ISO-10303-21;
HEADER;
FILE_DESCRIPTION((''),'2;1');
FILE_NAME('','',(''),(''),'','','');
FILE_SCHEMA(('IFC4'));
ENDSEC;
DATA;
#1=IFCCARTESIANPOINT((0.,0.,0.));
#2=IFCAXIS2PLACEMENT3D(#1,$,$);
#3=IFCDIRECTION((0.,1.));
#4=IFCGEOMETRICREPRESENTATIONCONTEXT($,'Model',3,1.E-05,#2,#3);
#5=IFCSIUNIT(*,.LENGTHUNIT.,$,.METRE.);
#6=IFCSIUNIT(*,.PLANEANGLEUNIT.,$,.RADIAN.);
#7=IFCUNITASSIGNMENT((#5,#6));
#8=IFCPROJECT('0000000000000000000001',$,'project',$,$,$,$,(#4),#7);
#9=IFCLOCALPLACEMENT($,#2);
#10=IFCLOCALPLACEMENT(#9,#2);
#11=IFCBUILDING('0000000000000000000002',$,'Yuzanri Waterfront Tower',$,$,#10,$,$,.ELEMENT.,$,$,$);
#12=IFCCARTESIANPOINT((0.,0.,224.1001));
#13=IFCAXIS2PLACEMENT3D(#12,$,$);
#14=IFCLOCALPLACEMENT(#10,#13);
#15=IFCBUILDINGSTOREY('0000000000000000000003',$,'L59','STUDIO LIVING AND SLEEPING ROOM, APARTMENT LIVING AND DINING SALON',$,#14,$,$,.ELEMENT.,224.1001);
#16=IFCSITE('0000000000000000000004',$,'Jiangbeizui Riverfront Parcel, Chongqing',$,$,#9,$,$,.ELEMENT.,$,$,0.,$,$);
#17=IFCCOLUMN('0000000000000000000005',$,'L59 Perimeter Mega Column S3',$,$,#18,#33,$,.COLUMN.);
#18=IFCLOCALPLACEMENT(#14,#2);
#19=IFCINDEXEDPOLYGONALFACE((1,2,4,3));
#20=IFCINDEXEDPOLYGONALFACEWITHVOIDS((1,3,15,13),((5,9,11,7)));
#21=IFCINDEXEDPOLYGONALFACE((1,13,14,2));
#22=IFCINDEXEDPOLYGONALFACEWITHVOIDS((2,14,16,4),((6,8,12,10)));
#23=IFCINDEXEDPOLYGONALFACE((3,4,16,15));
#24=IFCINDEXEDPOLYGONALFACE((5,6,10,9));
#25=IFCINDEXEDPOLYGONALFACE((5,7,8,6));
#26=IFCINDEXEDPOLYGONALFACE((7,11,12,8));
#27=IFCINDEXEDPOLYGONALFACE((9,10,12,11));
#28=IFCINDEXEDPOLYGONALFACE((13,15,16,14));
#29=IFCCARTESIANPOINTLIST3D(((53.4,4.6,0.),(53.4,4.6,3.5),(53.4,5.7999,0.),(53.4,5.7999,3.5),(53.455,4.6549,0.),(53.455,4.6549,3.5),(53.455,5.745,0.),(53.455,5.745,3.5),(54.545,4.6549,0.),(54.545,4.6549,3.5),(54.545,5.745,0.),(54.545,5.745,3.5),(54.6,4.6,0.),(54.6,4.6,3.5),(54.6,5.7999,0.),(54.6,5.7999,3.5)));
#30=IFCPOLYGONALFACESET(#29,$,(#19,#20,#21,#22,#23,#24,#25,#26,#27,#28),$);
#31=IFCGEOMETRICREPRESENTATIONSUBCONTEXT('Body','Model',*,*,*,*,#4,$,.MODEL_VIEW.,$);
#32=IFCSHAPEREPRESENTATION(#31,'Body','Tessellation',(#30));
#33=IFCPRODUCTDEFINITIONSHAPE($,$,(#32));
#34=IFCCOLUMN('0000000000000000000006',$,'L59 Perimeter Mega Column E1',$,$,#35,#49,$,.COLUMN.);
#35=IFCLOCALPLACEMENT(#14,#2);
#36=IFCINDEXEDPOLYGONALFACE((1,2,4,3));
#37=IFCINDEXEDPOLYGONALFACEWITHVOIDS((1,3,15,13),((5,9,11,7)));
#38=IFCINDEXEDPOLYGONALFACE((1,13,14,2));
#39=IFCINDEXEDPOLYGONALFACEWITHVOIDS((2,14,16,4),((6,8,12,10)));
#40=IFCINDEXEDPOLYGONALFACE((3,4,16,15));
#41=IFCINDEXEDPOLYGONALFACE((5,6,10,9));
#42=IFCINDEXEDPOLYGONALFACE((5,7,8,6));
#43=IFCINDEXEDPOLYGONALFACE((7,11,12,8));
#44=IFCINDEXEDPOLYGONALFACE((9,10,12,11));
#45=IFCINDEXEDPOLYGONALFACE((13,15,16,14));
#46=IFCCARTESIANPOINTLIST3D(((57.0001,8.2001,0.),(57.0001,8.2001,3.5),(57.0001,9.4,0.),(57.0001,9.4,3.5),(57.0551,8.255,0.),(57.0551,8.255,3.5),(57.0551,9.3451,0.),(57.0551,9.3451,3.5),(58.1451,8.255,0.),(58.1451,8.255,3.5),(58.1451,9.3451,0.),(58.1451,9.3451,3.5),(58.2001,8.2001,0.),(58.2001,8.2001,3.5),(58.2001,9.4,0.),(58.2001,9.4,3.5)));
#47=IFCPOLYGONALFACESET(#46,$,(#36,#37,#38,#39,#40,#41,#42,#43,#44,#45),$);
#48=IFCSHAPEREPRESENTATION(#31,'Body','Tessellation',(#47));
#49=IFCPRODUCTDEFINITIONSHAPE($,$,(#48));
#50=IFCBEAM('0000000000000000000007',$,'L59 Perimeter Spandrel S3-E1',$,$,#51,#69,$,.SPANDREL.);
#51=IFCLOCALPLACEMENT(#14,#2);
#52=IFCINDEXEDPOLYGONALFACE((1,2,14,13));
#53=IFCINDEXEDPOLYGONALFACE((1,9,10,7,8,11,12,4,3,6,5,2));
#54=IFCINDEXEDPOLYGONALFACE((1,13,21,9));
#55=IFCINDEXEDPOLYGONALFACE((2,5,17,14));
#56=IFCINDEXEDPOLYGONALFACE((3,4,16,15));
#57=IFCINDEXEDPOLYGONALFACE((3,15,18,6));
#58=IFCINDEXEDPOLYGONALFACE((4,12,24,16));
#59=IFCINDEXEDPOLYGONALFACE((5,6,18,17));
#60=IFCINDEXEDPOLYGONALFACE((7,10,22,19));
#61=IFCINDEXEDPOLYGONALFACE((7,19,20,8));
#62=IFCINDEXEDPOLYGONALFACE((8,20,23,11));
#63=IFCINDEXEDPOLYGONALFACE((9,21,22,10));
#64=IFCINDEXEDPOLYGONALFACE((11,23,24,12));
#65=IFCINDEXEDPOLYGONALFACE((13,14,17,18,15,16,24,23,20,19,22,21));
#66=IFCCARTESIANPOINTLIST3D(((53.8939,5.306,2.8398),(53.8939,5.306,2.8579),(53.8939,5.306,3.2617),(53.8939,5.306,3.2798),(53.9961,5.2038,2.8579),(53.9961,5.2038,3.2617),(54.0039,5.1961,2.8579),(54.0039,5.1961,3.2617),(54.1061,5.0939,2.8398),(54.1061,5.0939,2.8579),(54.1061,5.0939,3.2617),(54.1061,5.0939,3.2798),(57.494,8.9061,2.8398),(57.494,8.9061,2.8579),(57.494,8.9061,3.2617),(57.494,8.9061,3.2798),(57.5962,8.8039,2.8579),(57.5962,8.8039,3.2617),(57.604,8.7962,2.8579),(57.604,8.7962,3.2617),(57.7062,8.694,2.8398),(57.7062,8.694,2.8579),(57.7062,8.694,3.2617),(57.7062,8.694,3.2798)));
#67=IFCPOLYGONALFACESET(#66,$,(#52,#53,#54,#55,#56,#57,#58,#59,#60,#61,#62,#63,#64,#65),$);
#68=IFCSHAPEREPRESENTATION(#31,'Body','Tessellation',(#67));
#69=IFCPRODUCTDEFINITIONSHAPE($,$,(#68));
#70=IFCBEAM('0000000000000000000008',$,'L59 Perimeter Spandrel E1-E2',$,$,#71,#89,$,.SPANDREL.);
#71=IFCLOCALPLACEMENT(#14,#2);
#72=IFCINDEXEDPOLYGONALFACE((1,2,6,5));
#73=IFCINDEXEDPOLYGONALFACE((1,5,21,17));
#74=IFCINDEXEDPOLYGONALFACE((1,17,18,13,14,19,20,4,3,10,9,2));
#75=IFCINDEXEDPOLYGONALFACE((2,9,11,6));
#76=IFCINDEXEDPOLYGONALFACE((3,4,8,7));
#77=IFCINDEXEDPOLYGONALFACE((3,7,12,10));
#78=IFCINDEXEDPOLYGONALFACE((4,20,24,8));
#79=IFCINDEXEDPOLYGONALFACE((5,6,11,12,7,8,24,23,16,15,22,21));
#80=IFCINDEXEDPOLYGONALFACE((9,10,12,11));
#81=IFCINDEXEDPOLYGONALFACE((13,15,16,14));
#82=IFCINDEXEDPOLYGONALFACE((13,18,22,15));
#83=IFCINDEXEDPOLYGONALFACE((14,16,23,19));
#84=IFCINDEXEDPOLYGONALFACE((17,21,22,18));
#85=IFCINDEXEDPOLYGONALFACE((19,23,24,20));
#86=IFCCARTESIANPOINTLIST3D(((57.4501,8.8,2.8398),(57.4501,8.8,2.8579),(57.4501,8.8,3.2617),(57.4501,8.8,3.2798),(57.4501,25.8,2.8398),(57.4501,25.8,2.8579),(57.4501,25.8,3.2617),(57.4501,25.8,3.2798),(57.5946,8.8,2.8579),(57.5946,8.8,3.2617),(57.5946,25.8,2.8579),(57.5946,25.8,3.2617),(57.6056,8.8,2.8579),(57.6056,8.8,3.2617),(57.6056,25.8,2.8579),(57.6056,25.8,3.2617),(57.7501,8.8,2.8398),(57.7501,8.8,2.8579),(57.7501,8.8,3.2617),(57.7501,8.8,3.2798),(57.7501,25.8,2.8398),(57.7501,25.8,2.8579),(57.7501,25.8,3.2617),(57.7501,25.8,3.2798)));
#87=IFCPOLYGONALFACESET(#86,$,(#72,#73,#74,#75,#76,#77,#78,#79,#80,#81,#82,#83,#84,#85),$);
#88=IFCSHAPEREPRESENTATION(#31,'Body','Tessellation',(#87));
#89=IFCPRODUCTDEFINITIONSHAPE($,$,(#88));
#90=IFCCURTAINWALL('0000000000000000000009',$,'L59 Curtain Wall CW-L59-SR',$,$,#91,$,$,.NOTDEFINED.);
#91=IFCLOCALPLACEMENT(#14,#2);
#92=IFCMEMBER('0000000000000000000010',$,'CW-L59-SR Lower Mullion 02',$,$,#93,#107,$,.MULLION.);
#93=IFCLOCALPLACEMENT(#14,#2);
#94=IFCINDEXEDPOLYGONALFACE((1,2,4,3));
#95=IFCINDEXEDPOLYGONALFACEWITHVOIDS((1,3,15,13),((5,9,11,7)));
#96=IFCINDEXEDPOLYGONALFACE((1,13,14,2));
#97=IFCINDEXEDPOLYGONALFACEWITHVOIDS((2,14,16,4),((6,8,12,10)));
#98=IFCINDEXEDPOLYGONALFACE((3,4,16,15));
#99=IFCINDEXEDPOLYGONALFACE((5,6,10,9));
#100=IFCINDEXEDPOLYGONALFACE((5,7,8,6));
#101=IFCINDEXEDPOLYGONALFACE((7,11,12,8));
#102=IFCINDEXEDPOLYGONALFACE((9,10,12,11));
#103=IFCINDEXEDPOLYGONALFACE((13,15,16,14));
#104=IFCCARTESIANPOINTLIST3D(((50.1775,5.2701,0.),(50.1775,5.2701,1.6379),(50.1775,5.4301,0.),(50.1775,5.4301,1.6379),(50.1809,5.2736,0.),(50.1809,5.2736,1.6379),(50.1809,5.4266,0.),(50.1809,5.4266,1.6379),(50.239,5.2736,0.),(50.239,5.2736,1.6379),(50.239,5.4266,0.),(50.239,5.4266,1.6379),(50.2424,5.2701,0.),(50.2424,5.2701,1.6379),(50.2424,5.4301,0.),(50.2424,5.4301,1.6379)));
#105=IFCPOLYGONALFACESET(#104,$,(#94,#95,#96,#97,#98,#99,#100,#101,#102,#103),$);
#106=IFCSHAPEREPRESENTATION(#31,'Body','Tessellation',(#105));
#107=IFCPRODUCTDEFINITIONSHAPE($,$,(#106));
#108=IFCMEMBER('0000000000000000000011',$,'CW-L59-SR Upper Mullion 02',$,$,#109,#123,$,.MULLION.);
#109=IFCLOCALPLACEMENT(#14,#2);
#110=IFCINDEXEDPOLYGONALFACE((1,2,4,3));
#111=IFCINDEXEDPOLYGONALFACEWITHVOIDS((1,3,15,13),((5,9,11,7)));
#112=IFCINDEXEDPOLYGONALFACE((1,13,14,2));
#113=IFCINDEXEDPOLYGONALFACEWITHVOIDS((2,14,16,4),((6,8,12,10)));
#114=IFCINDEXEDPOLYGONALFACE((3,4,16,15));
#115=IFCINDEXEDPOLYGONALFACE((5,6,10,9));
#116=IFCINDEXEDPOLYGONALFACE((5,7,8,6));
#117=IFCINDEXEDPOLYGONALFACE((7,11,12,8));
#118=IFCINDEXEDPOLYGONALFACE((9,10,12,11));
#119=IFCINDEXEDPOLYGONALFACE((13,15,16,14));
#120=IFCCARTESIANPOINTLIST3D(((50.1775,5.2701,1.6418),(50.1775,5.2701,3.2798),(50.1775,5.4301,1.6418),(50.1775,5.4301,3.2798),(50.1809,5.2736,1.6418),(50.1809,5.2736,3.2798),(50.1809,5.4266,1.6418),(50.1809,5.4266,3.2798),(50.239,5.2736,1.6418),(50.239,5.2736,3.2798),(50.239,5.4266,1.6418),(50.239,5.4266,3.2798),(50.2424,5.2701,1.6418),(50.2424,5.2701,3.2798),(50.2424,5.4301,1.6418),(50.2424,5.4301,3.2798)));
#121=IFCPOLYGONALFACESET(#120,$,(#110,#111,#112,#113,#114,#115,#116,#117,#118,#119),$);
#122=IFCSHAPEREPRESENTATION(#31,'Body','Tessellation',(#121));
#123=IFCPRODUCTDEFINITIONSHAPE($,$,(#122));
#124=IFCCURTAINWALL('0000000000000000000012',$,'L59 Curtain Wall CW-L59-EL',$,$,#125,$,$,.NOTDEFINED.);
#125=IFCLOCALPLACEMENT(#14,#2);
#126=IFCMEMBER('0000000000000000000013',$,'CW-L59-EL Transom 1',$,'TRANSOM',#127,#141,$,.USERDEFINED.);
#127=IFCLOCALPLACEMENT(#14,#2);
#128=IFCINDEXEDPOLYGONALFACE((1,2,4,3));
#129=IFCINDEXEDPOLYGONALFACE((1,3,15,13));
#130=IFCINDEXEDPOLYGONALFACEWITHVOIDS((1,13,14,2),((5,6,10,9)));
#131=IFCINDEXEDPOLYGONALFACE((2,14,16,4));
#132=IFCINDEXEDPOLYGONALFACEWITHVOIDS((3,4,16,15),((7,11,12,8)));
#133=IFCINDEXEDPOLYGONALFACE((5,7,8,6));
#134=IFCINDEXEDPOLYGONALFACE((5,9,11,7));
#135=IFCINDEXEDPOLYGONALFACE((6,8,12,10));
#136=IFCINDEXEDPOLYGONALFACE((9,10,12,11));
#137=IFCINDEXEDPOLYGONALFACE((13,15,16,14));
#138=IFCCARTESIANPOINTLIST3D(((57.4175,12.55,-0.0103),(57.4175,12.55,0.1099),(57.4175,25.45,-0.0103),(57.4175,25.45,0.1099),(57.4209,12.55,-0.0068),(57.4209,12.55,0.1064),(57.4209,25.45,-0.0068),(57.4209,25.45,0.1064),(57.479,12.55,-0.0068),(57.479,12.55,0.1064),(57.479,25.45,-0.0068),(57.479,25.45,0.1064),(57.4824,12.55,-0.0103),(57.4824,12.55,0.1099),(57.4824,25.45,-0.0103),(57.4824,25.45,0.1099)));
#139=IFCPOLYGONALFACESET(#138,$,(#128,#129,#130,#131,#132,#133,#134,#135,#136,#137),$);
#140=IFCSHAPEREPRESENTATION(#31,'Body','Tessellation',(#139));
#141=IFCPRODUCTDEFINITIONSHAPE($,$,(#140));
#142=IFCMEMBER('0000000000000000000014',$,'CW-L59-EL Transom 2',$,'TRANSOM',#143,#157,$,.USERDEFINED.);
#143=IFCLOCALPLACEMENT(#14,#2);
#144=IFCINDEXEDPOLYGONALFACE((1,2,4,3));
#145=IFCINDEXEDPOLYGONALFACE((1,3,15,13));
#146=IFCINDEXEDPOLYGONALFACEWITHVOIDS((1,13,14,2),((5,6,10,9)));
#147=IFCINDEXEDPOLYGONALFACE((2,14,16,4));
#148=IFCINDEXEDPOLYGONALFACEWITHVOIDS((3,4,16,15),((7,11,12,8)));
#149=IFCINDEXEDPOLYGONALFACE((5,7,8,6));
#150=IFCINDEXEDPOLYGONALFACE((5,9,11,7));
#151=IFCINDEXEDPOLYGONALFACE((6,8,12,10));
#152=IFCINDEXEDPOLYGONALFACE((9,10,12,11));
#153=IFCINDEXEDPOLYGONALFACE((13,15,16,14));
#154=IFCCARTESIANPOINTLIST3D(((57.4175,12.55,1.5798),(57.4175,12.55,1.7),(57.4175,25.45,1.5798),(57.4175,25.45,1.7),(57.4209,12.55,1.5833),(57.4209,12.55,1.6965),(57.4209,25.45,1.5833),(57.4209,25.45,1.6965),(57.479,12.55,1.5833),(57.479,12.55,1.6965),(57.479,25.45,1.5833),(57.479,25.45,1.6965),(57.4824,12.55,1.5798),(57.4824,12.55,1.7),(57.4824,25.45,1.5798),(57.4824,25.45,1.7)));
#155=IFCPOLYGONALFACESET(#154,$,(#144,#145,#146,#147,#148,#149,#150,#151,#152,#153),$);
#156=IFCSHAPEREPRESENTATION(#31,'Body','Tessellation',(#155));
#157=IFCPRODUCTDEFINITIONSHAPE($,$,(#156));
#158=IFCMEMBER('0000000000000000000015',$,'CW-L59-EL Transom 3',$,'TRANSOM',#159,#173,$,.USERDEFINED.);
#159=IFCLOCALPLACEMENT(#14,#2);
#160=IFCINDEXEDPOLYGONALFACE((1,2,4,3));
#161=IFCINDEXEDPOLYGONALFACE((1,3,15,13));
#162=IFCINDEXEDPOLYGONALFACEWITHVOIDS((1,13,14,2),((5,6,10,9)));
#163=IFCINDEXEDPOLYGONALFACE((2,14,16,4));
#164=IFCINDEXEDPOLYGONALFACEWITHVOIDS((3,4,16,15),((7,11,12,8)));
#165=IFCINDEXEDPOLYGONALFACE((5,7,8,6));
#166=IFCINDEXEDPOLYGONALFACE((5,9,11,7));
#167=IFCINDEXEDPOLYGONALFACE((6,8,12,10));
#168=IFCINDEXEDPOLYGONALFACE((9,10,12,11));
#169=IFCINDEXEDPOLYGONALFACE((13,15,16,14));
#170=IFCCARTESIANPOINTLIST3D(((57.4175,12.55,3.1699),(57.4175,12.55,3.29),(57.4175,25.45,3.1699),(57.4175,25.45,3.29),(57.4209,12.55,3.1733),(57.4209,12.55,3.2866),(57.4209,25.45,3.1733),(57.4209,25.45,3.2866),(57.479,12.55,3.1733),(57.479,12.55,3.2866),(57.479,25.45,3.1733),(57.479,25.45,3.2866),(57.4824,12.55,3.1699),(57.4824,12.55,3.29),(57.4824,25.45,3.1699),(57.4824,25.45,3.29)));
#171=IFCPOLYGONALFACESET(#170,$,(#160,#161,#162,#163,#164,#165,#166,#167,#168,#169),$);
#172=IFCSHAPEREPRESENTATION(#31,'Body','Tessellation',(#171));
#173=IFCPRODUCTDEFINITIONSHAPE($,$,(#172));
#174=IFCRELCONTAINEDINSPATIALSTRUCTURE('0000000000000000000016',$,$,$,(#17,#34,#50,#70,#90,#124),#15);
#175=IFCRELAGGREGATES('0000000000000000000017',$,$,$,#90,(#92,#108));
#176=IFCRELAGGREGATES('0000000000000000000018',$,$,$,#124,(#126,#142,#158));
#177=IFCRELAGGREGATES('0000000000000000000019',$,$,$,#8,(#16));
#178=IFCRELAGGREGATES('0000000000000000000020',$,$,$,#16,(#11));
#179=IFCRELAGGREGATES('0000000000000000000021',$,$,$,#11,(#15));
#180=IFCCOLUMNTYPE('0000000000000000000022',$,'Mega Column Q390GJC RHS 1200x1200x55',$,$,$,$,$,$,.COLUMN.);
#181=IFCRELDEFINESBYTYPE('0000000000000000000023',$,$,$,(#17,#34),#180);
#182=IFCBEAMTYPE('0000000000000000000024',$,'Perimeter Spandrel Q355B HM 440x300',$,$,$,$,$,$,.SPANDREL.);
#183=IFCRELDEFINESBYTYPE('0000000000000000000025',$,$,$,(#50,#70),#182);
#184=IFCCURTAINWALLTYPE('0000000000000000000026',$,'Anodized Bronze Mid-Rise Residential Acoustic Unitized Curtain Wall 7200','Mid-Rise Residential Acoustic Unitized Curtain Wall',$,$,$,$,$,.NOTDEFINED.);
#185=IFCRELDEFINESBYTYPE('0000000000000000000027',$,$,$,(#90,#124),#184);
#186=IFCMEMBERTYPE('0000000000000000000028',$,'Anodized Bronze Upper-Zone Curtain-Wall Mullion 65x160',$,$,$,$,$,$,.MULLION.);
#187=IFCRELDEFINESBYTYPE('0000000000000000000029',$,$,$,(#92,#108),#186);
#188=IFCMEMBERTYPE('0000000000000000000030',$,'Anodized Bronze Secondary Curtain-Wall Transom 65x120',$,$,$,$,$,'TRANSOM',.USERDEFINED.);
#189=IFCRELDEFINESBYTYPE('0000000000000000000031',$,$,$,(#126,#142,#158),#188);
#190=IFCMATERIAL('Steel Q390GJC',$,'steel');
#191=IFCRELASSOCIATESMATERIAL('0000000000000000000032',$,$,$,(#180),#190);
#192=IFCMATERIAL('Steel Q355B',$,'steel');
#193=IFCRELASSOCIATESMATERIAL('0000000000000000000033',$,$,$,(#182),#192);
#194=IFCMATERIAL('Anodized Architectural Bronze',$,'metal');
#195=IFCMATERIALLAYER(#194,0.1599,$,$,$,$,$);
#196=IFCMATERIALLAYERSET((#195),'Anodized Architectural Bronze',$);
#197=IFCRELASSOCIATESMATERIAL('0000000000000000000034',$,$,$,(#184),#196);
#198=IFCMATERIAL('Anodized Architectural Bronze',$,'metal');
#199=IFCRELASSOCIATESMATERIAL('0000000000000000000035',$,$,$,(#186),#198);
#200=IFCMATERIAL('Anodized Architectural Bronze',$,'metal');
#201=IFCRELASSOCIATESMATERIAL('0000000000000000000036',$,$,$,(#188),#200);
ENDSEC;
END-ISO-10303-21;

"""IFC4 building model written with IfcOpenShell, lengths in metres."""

from ifc_helpers import new_model, si_unit, direction, frame, origin, origin_2d, place, context, subcontext, project, spatial, hollow_rectangle, i_section, extrude, source, transform, mapped, material, layer, layer_set, material_profile, profile_set, type_object, element, aggregate, save


model = new_model("IFC4")

# Units and contexts
model_context = context("Model", 3, precision=1e-05, world=origin(), true_north=direction((0.0, 1.0)))
body_context = subcontext(model_context, "Body", "Model", "MODEL_VIEW")
ifc_project = project(units=[si_unit("LENGTHUNIT", "METRE"), si_unit("PLANEANGLEUNIT", "RADIAN")], contexts=[model_context])

# Site, building, storey
site_placement = place(None, origin())
site = spatial("IfcSite", under=ifc_project, at=site_placement, Name="Jiangbeizui Riverfront Parcel, Chongqing", CompositionType="ELEMENT", RefElevation=0.0)
building_placement = place(site_placement, origin())
building = spatial("IfcBuilding", under=site, at=building_placement, Name="Yuzanri Waterfront Tower", CompositionType="ELEMENT")
storey_placement = place(building_placement, frame((0.0, 0.0, 224.1001)))
storey = spatial("IfcBuildingStorey", under=building, at=storey_placement, Name="L59", Description="STUDIO LIVING AND SLEEPING ROOM, APARTMENT LIVING AND DINING SALON", CompositionType="ELEMENT", Elevation=224.1001)

# Columns
ifc_material_1 = material(Name="Steel Q390GJC", Category="steel")
ifc_material_profile_1 = material_profile(ifc_material_1, hollow_rectangle(XDim=1.2, YDim=1.2, WallThickness=0.0549, at=origin_2d()), Name="RHS 1200x1200x55")
ifc_profile_set_1 = profile_set([ifc_material_profile_1], Name="Steel Q390GJC")
column_type = type_object("IfcColumnType", Name="Mega Column Q390GJC RHS 1200x1200x55", PredefinedType="COLUMN", material=ifc_profile_set_1)
shared_shape_1 = source(origin(), body_context, "Body", "SweptSolid", [
    extrude(hollow_rectangle(XDim=1.2, YDim=1.2, WallThickness=0.0549, at=origin_2d()), origin(), (0.0, 0.0, 1.0), 3.5),
])
for number, where, z_axis, x_axis, name in (
    (1, (54.0, 5.2, 0.0), (0.0, 0.0, 1.0), (1.0, 0.0, 0.0), "L59 Perimeter Mega Column S3"),
    (2, (57.6001, 8.8, 0.0), (0.0, 0.0, 1.0), (1.0, 0.0, 0.0), "L59 Perimeter Mega Column E1"),
):
    element("IfcColumn", number, at=place(storey_placement, frame(where, z_axis=z_axis, x_axis=x_axis)), inside=storey, type_object=column_type, Name=name, PredefinedType="COLUMN", context=body_context, shape_type="MappedRepresentation", body=[
        mapped(shared_shape_1, transform((0.0, 0.0, 0.0), scale=1.0)),
    ])

# Beams
ifc_material_2 = material(Name="Steel Q355B", Category="steel")
ifc_material_profile_2 = material_profile(ifc_material_2, i_section(OverallWidth=0.3, OverallDepth=0.4399, WebThickness=0.011, FlangeThickness=0.0181, at=origin_2d()), Name="HM 440x300x11x18")
ifc_profile_set_2 = profile_set([ifc_material_profile_2], Name="Steel Q355B")
beam_type = type_object("IfcBeamType", Name="Perimeter Spandrel Q355B HM 440x300", PredefinedType="SPANDREL", material=ifc_profile_set_2)
shared_shape_2 = source(origin(), body_context, "Body", "SweptSolid", [
    extrude(i_section(OverallWidth=0.3, OverallDepth=0.4399, WebThickness=0.011, FlangeThickness=0.0181, at=origin_2d()), origin(), (0.0, 0.0, 1.0), 5.0913),
])
beam_1_placement = place(storey_placement, frame((54.0, 5.2, 3.0598), z_axis=(0.707107, 0.707107, 0.0), x_axis=(-0.707107, 0.707107, 0.0)))
element("IfcBeam", 3, at=beam_1_placement, inside=storey, type_object=beam_type, Name="L59 Perimeter Spandrel S3-E1", PredefinedType="SPANDREL", context=body_context, shape_type="MappedRepresentation", body=[
    mapped(shared_shape_2, transform((0.0, 0.0, 0.0), scale=1.0)),
])
shared_shape_3 = source(origin(), body_context, "Body", "SweptSolid", [
    extrude(i_section(OverallWidth=0.3, OverallDepth=0.4399, WebThickness=0.011, FlangeThickness=0.0181, at=origin_2d()), origin(), (0.0, 0.0, 1.0), 17.0),
])
beam_2_placement = place(storey_placement, frame((57.6001, 8.8, 3.0598), z_axis=(0.0, 1.0, 0.0), x_axis=(-1.0, 0.0, 0.0)))
element("IfcBeam", 4, at=beam_2_placement, inside=storey, type_object=beam_type, Name="L59 Perimeter Spandrel E1-E2", PredefinedType="SPANDREL", context=body_context, shape_type="MappedRepresentation", body=[
    mapped(shared_shape_3, transform((0.0, 0.0, 0.0), scale=1.0)),
])

# Curtain walls, members
ifc_material_3 = material(Name="Anodized Architectural Bronze", Category="metal")
ifc_layer_1 = layer(ifc_material_3, 0.1599)
ifc_layer_set_1 = layer_set([ifc_layer_1], Name="Anodized Architectural Bronze")
curtain_wall_type = type_object("IfcCurtainWallType", Name="Anodized Bronze Mid-Rise Residential Acoustic Unitized Curtain Wall 7200", Description="Mid-Rise Residential Acoustic Unitized Curtain Wall", PredefinedType="NOTDEFINED", material=ifc_layer_set_1)
curtain_wall_1_placement = place(storey_placement, origin())
curtain_wall_1 = element("IfcCurtainWall", 5, at=curtain_wall_1_placement, inside=storey, type_object=curtain_wall_type, Name="L59 Curtain Wall CW-L59-SR", PredefinedType="NOTDEFINED")
ifc_material_4 = material(Name="Anodized Architectural Bronze", Category="metal")
ifc_material_profile_3 = material_profile(ifc_material_4, hollow_rectangle(XDim=0.0649, YDim=0.1599, WallThickness=0.0034, at=origin_2d()), Name="CWM 65x160")
ifc_profile_set_3 = profile_set([ifc_material_profile_3], Name="Anodized Architectural Bronze")
member_type_1 = type_object("IfcMemberType", Name="Anodized Bronze Upper-Zone Curtain-Wall Mullion 65x160", PredefinedType="MULLION", material=ifc_profile_set_3)
shared_shape_4 = source(origin(), body_context, "Body", "SweptSolid", [
    extrude(hollow_rectangle(XDim=0.0649, YDim=0.1599, WallThickness=0.0034, at=origin_2d()), origin(), (0.0, 0.0, 1.0), 1.6379),
])
member_1_placement = place(storey_placement, frame((50.21, 5.3501, 0.0), z_axis=(0.0, 0.0, 1.0), x_axis=(1.0, 0.0, 0.0)))
member_1 = element("IfcMember", 6, at=member_1_placement, type_object=member_type_1, Name="CW-L59-SR Lower Mullion 02", PredefinedType="MULLION", context=body_context, shape_type="MappedRepresentation", body=[
    mapped(shared_shape_4, transform((0.0, 0.0, 0.0), scale=1.0)),
])
member_2_placement = place(storey_placement, frame((50.21, 5.3501, 1.6418), z_axis=(0.0, 0.0, 1.0), x_axis=(1.0, 0.0, 0.0)))
member_2 = element("IfcMember", 7, at=member_2_placement, type_object=member_type_1, Name="CW-L59-SR Upper Mullion 02", PredefinedType="MULLION", context=body_context, shape_type="MappedRepresentation", body=[
    mapped(shared_shape_4, transform((0.0, 0.0, 0.0), scale=1.0)),
])
aggregate(curtain_wall_1, [member_1, member_2])
curtain_wall_2_placement = place(storey_placement, origin())
curtain_wall_2 = element("IfcCurtainWall", 8, at=curtain_wall_2_placement, inside=storey, type_object=curtain_wall_type, Name="L59 Curtain Wall CW-L59-EL", PredefinedType="NOTDEFINED")
ifc_material_5 = material(Name="Anodized Architectural Bronze", Category="metal")
ifc_material_profile_4 = material_profile(ifc_material_5, hollow_rectangle(XDim=0.0649, YDim=0.1201, WallThickness=0.0034, at=origin_2d()), Name="CWT 65x120")
ifc_profile_set_4 = profile_set([ifc_material_profile_4], Name="Anodized Architectural Bronze")
member_type_2 = type_object("IfcMemberType", Name="Anodized Bronze Secondary Curtain-Wall Transom 65x120", ElementType="TRANSOM", PredefinedType="USERDEFINED", material=ifc_profile_set_4)
shared_shape_5 = source(origin(), body_context, "Body", "SweptSolid", [
    extrude(hollow_rectangle(XDim=0.0649, YDim=0.1201, WallThickness=0.0034, at=origin_2d()), origin(), (0.0, 0.0, 1.0), 12.8999),
])
member_3_placement = place(storey_placement, frame((57.45, 12.55, 0.0498), z_axis=(0.0, 1.0, 0.0), x_axis=(-1.0, 0.0, 0.0)))
member_3 = element("IfcMember", 9, at=member_3_placement, type_object=member_type_2, Name="CW-L59-EL Transom 1", ObjectType="TRANSOM", PredefinedType="USERDEFINED", context=body_context, shape_type="MappedRepresentation", body=[
    mapped(shared_shape_5, transform((0.0, 0.0, 0.0), scale=1.0)),
])
member_4_placement = place(storey_placement, frame((57.45, 12.55, 1.6399), z_axis=(0.0, 1.0, 0.0), x_axis=(-1.0, 0.0, 0.0)))
member_4 = element("IfcMember", 10, at=member_4_placement, type_object=member_type_2, Name="CW-L59-EL Transom 2", ObjectType="TRANSOM", PredefinedType="USERDEFINED", context=body_context, shape_type="MappedRepresentation", body=[
    mapped(shared_shape_5, transform((0.0, 0.0, 0.0), scale=1.0)),
])
member_5_placement = place(storey_placement, frame((57.45, 12.55, 3.23), z_axis=(0.0, 1.0, 0.0), x_axis=(-1.0, 0.0, 0.0)))
member_5 = element("IfcMember", 11, at=member_5_placement, type_object=member_type_2, Name="CW-L59-EL Transom 3", ObjectType="TRANSOM", PredefinedType="USERDEFINED", context=body_context, shape_type="MappedRepresentation", body=[
    mapped(shared_shape_5, transform((0.0, 0.0, 0.0), scale=1.0)),
])
aggregate(curtain_wall_2, [member_3, member_4, member_5])

save(model, "model.ifc")
